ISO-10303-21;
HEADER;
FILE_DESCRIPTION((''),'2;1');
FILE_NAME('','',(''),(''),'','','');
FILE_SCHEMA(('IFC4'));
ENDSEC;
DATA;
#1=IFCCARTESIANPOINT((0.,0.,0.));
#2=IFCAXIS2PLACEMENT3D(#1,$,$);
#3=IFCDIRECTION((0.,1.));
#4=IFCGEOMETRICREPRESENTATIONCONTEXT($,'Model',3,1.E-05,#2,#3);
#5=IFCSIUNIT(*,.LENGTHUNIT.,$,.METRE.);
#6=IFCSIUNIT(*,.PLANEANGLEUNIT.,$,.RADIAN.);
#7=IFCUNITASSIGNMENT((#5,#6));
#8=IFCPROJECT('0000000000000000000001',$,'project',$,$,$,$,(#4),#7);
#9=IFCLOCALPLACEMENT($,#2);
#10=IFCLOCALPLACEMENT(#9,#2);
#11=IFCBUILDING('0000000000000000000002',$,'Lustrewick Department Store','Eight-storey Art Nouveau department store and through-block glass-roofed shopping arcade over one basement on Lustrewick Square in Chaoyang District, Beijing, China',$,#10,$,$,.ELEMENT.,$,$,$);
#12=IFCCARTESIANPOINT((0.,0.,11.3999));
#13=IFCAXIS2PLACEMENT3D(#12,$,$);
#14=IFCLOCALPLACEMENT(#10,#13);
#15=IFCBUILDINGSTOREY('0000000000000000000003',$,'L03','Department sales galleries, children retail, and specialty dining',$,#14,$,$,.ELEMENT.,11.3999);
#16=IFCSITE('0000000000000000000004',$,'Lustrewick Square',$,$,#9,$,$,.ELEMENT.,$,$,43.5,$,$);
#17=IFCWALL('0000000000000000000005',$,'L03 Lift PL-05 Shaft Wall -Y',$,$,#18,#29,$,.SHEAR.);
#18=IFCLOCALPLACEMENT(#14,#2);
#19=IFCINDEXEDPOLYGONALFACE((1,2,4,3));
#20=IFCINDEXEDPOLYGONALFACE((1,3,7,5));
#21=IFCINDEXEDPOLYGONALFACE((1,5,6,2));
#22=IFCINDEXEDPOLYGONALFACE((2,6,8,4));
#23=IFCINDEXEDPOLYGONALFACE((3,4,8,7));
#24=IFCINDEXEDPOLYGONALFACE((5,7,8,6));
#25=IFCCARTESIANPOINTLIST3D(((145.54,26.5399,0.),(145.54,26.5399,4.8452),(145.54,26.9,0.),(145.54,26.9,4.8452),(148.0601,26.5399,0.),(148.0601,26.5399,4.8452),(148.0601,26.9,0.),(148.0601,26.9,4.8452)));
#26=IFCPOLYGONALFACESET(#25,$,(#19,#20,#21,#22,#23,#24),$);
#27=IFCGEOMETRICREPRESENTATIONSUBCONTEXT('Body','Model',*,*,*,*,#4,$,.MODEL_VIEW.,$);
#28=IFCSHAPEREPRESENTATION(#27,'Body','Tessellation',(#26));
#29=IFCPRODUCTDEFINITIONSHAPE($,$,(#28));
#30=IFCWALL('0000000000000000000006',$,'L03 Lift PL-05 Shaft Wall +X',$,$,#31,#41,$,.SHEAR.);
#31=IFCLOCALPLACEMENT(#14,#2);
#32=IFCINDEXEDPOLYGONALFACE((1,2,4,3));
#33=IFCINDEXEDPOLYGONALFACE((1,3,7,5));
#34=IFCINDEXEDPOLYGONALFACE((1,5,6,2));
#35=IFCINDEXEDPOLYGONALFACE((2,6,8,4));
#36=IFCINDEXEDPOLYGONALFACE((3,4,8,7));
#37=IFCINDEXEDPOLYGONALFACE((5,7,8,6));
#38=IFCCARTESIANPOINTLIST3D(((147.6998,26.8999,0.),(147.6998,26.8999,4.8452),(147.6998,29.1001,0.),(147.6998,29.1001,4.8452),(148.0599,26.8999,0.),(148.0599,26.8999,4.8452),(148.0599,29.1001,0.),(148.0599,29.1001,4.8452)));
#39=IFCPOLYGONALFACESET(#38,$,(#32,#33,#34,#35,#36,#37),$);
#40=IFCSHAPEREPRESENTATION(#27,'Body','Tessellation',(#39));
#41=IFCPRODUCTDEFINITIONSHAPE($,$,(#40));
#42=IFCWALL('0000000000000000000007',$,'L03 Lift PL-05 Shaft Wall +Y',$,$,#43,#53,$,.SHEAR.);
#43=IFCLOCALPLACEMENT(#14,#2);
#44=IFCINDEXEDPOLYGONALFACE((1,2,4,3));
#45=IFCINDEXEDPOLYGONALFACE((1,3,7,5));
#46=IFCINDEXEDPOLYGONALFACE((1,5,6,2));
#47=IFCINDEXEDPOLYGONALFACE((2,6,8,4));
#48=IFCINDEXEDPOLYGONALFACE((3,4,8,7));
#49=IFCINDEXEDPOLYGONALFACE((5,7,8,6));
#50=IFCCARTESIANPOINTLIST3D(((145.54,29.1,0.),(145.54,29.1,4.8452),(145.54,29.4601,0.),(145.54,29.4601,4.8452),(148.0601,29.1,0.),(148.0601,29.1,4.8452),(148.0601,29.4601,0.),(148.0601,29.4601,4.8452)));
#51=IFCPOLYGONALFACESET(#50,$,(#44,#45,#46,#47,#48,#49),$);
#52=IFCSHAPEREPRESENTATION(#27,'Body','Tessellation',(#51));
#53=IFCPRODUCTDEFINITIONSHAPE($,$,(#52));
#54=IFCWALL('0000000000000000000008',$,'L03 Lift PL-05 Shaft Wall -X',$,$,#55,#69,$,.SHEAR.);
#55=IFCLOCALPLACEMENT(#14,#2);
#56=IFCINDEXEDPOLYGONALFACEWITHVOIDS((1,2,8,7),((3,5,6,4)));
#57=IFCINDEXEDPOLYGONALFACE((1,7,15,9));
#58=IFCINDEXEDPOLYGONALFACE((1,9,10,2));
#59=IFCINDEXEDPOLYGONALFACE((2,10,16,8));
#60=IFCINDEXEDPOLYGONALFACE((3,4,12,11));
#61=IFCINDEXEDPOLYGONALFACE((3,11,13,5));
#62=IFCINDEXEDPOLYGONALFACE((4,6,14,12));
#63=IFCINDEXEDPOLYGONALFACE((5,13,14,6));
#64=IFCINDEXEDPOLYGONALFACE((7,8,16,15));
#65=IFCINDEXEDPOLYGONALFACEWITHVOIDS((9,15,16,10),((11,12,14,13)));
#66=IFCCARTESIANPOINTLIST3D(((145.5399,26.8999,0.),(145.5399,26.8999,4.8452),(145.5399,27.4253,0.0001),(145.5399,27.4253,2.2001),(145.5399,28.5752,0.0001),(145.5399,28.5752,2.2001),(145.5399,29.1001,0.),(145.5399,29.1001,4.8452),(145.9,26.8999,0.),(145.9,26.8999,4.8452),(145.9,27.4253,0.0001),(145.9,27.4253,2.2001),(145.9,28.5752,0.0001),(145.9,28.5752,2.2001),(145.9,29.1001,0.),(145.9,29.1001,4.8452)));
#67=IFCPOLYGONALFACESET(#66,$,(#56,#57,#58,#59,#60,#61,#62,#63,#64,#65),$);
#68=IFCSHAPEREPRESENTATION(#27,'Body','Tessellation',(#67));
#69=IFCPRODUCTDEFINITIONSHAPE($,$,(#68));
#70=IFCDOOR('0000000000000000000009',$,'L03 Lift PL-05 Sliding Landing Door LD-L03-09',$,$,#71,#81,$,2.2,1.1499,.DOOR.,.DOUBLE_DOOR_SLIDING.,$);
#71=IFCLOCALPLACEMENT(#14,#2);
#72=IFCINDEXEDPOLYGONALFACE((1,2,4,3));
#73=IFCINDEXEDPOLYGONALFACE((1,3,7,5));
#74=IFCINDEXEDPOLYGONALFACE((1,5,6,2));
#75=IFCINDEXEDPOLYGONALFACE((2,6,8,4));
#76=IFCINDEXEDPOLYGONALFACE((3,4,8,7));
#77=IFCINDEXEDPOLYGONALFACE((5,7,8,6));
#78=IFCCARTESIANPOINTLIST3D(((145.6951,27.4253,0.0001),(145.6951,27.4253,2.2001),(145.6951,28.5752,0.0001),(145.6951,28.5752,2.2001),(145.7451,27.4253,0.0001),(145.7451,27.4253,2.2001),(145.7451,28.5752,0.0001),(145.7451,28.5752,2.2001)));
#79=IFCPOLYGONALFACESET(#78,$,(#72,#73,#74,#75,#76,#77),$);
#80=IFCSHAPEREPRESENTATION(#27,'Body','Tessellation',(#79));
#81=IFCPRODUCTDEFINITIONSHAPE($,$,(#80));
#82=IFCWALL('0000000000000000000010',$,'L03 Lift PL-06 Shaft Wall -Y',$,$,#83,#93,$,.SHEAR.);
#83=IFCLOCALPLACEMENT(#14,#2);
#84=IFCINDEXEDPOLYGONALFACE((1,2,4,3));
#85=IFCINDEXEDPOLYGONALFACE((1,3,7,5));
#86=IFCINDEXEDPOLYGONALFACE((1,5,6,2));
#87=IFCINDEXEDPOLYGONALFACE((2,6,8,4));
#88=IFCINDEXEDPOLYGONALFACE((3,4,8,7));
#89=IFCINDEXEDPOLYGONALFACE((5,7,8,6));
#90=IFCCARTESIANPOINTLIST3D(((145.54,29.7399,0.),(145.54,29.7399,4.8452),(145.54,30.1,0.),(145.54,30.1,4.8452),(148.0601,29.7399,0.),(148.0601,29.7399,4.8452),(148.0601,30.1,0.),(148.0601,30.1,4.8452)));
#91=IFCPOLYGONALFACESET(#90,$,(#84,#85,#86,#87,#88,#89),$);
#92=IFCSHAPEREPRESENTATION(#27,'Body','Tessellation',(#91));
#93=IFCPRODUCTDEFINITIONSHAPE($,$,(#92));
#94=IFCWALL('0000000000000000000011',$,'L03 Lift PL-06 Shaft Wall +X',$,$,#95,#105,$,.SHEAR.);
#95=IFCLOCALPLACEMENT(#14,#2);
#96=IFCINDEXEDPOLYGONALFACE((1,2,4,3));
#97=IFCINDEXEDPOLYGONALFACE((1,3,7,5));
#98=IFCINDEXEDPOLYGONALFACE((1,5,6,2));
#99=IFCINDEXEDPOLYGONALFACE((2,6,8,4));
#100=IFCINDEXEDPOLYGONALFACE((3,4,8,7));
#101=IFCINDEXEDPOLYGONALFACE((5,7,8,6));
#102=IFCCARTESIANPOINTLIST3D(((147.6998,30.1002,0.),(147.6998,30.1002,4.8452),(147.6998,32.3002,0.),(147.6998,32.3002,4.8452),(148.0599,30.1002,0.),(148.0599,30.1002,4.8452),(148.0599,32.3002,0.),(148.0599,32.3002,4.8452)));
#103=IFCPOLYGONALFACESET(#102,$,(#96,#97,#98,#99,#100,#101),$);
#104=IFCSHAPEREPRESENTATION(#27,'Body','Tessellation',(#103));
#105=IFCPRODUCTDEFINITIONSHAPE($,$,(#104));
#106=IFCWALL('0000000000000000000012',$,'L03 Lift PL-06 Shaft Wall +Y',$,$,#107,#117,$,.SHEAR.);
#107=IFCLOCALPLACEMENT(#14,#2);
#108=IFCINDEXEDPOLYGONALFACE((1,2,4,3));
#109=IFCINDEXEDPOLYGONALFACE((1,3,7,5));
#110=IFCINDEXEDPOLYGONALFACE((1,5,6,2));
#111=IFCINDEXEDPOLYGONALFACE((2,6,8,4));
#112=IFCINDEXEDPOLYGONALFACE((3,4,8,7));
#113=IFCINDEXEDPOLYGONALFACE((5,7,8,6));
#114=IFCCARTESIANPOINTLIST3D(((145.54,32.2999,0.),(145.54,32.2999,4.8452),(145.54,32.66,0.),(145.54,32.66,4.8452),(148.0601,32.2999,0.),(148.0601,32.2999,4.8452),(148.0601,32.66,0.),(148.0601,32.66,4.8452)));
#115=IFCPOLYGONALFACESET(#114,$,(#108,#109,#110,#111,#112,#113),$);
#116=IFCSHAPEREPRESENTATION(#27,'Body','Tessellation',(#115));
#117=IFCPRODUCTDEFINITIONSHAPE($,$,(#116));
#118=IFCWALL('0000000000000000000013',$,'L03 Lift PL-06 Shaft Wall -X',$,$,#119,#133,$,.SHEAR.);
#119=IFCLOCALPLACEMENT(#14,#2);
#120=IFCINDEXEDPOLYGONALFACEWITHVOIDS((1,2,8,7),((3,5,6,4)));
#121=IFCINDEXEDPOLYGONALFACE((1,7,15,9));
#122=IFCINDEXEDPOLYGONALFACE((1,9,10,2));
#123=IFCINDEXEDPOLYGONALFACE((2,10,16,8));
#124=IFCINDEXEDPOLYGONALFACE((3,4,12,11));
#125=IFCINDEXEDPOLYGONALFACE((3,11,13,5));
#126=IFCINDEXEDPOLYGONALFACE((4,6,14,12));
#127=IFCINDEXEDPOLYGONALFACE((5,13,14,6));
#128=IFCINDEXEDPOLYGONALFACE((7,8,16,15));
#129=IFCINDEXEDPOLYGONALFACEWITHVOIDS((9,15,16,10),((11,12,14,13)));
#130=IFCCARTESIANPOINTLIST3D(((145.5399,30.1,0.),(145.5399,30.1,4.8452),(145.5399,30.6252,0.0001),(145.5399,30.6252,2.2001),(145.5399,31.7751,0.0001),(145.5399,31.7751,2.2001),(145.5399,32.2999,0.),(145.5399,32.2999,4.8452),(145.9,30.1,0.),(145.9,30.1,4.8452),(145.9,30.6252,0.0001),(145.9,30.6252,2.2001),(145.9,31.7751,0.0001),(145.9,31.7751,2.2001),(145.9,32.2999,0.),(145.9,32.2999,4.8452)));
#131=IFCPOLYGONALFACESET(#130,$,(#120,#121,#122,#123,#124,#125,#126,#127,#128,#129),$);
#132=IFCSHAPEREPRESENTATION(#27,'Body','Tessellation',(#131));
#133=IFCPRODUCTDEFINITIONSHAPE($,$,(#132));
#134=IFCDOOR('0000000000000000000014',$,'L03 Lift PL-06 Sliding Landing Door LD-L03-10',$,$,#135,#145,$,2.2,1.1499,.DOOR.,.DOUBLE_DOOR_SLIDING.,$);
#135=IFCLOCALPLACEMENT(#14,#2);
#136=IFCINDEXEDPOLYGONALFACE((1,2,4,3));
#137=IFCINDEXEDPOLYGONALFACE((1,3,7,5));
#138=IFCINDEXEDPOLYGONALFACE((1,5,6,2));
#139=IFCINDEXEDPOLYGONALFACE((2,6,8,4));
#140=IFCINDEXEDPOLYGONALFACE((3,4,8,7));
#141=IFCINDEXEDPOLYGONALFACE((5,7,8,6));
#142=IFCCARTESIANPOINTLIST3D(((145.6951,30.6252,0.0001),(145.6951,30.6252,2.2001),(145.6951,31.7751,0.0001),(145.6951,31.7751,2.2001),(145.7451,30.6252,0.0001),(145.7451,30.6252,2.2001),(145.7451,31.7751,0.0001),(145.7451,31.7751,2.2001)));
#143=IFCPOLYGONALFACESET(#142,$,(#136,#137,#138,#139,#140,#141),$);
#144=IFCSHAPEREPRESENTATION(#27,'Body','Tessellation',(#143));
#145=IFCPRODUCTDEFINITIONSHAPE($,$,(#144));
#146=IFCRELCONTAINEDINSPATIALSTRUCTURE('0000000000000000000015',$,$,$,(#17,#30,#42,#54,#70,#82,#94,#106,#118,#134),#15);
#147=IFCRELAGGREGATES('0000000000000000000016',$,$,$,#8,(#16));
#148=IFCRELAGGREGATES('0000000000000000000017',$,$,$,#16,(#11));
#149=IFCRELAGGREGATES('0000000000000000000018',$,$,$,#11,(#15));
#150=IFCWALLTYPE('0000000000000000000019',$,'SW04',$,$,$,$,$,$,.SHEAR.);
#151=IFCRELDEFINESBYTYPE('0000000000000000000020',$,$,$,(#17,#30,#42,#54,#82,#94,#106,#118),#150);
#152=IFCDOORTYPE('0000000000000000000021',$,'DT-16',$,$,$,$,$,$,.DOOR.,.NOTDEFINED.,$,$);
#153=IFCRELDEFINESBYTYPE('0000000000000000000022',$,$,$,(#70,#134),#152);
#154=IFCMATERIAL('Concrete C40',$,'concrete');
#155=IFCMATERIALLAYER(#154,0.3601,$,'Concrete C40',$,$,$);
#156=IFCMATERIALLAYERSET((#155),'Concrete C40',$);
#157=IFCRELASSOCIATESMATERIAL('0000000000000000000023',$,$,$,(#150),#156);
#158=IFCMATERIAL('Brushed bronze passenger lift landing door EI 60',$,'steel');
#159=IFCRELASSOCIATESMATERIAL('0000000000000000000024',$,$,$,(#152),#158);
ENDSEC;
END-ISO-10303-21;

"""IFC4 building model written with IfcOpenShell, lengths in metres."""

from ifc_helpers import new_model, si_unit, direction, frame, frame_2d, origin, place, context, subcontext, project, spatial, rectangle, extrude, material, layer, layer_set, type_object, element, fill, save


model = new_model("IFC4")

# Units and contexts
model_context = context("Model", 3, precision=1e-05, world=origin(), true_north=direction((0.0, 1.0)))
body_context = subcontext(model_context, "Body", "Model", "MODEL_VIEW")
ifc_project = project(units=[si_unit("LENGTHUNIT", "METRE"), si_unit("PLANEANGLEUNIT", "RADIAN")], contexts=[model_context])

# Site, building, storey
site_placement = place(None, origin())
site = spatial("IfcSite", under=ifc_project, at=site_placement, Name="Lustrewick Square", CompositionType="ELEMENT", RefElevation=43.5)
building_placement = place(site_placement, origin())
building = spatial("IfcBuilding", under=site, at=building_placement, Name="Lustrewick Department Store", Description="Eight-storey Art Nouveau department store and through-block glass-roofed shopping arcade over one basement on Lustrewick Square in Chaoyang District, Beijing, China", CompositionType="ELEMENT")
storey_placement = place(building_placement, frame((0.0, 0.0, 11.3999)))
storey = spatial("IfcBuildingStorey", under=building, at=storey_placement, Name="L03", Description="Department sales galleries, children retail, and specialty dining", CompositionType="ELEMENT", Elevation=11.3999)

# Walls
ifc_material_1 = material(Name="Concrete C40", Category="concrete")
ifc_layer_1 = layer(ifc_material_1, 0.3601, Name="Concrete C40")
ifc_layer_set_1 = layer_set([ifc_layer_1], Name="Concrete C40")
wall_type = type_object("IfcWallType", Name="SW04", PredefinedType="SHEAR", material=ifc_layer_set_1)
wall_1_placement = place(storey_placement, frame((145.54, 26.72, 0.0), z_axis=(0.0, 0.0, 1.0), x_axis=(1.0, 0.0, 0.0)))
element("IfcWall", 1, at=wall_1_placement, inside=storey, type_object=wall_type, Name="L03 Lift PL-05 Shaft Wall -Y", PredefinedType="SHEAR", context=body_context, shape_type="SweptSolid", body=[
    extrude(rectangle(XDim=2.52, YDim=0.3601, at=frame_2d((1.26, 0.0))), origin(), (0.0, 0.0, 1.0), 4.8452),
])
wall_2_placement = place(storey_placement, frame((147.8799, 26.8999, 0.0), z_axis=(0.0, 0.0, 1.0), x_axis=(0.0, 1.0, 0.0)))
element("IfcWall", 2, at=wall_2_placement, inside=storey, type_object=wall_type, Name="L03 Lift PL-05 Shaft Wall +X", PredefinedType="SHEAR", context=body_context, shape_type="SweptSolid", body=[
    extrude(rectangle(XDim=2.2002, YDim=0.3601, at=frame_2d((1.1001, 0.0))), origin(), (0.0, 0.0, 1.0), 4.8452),
])
wall_3_placement = place(storey_placement, frame((148.0601, 29.28, 0.0), z_axis=(0.0, 0.0, 1.0), x_axis=(-1.0, 0.0, 0.0)))
element("IfcWall", 3, at=wall_3_placement, inside=storey, type_object=wall_type, Name="L03 Lift PL-05 Shaft Wall +Y", PredefinedType="SHEAR", context=body_context, shape_type="SweptSolid", body=[
    extrude(rectangle(XDim=2.52, YDim=0.3601, at=frame_2d((1.26, 0.0))), origin(), (0.0, 0.0, 1.0), 4.8452),
])

# Wall, opening, door
wall_4_placement = place(storey_placement, frame((145.72, 29.1001, 0.0), z_axis=(0.0, 0.0, 1.0), x_axis=(0.0, -1.0, 0.0)))
wall_4 = element("IfcWall", 4, at=wall_4_placement, inside=storey, type_object=wall_type, Name="L03 Lift PL-05 Shaft Wall -X", PredefinedType="SHEAR", context=body_context, shape_type="SweptSolid", body=[
    extrude(rectangle(XDim=2.2002, YDim=0.3601, at=frame_2d((1.1001, 0.0))), origin(), (0.0, 0.0, 1.0), 4.8452),
])
opening_1_placement = place(wall_4_placement, frame((0.5249, 0.0, 0.0)))
opening_1 = element("IfcOpeningElement", 5, at=opening_1_placement, cuts=wall_4, PredefinedType="OPENING", context=body_context, shape_type="SweptSolid", body=[
    extrude(rectangle(XDim=1.1499, YDim=2.2, at=frame_2d((0.575, 1.1001))), frame((0.0, 0.1899, 0.0), z_axis=(0.0, -1.0, 0.0), x_axis=(1.0, 0.0, 0.0)), (0.0, 0.0, 1.0), 0.3801),
])
ifc_material_2 = material(Name="Brushed bronze passenger lift landing door EI 60", Category="steel")
door_type = type_object("IfcDoorType", Name="DT-16", OperationType="NOTDEFINED", PredefinedType="DOOR", material=ifc_material_2)
door_1_placement = place(opening_1_placement, frame((1.1499, 0.0, 0.0), z_axis=(0.0, 0.0, 1.0), x_axis=(-1.0, 0.0, 0.0)))
door_1 = element("IfcDoor", 6, at=door_1_placement, inside=storey, type_object=door_type, Name="L03 Lift PL-05 Sliding Landing Door LD-L03-09", OperationType="DOUBLE_DOOR_SLIDING", OverallHeight=2.2, OverallWidth=1.1499, PredefinedType="DOOR", context=body_context, shape_type="SweptSolid", body=[
    extrude(rectangle(XDim=1.1499, YDim=2.2, at=frame_2d((0.575, 1.1001))), frame((0.0, 0.0249, 0.0), z_axis=(0.0, -1.0, 0.0), x_axis=(1.0, 0.0, 0.0)), (0.0, 0.0, 1.0), 0.05),
])
fill(opening_1, door_1)

# Walls
wall_5_placement = place(storey_placement, frame((145.54, 29.9199, 0.0), z_axis=(0.0, 0.0, 1.0), x_axis=(1.0, 0.0, 0.0)))
element("IfcWall", 7, at=wall_5_placement, inside=storey, type_object=wall_type, Name="L03 Lift PL-06 Shaft Wall -Y", PredefinedType="SHEAR", context=body_context, shape_type="SweptSolid", body=[
    extrude(rectangle(XDim=2.52, YDim=0.3601, at=frame_2d((1.26, 0.0))), origin(), (0.0, 0.0, 1.0), 4.8452),
])
wall_6_placement = place(storey_placement, frame((147.8799, 30.1001, 0.0), z_axis=(0.0, 0.0, 1.0), x_axis=(0.0, 1.0, 0.0)))
element("IfcWall", 8, at=wall_6_placement, inside=storey, type_object=wall_type, Name="L03 Lift PL-06 Shaft Wall +X", PredefinedType="SHEAR", context=body_context, shape_type="SweptSolid", body=[
    extrude(rectangle(XDim=2.2, YDim=0.3601, at=frame_2d((1.1001, 0.0))), origin(), (0.0, 0.0, 1.0), 4.8452),
])
wall_7_placement = place(storey_placement, frame((148.0601, 32.48, 0.0), z_axis=(0.0, 0.0, 1.0), x_axis=(-1.0, 0.0, 0.0)))
element("IfcWall", 9, at=wall_7_placement, inside=storey, type_object=wall_type, Name="L03 Lift PL-06 Shaft Wall +Y", PredefinedType="SHEAR", context=body_context, shape_type="SweptSolid", body=[
    extrude(rectangle(XDim=2.52, YDim=0.3601, at=frame_2d((1.26, 0.0))), origin(), (0.0, 0.0, 1.0), 4.8452),
])

# Wall, opening, door
wall_8_placement = place(storey_placement, frame((145.72, 32.3, 0.0), z_axis=(0.0, 0.0, 1.0), x_axis=(0.0, -1.0, 0.0)))
wall_8 = element("IfcWall", 10, at=wall_8_placement, inside=storey, type_object=wall_type, Name="L03 Lift PL-06 Shaft Wall -X", PredefinedType="SHEAR", context=body_context, shape_type="SweptSolid", body=[
    extrude(rectangle(XDim=2.2, YDim=0.3601, at=frame_2d((1.1001, 0.0))), origin(), (0.0, 0.0, 1.0), 4.8452),
])
opening_2_placement = place(wall_8_placement, frame((0.5249, 0.0, 0.0)))
opening_2 = element("IfcOpeningElement", 11, at=opening_2_placement, cuts=wall_8, PredefinedType="OPENING", context=body_context, shape_type="SweptSolid", body=[
    extrude(rectangle(XDim=1.1499, YDim=2.2, at=frame_2d((0.575, 1.1001))), frame((0.0, 0.1899, 0.0), z_axis=(0.0, -1.0, 0.0), x_axis=(1.0, 0.0, 0.0)), (0.0, 0.0, 1.0), 0.3801),
])
door_2_placement = place(opening_2_placement, frame((1.1499, 0.0, 0.0), z_axis=(0.0, 0.0, 1.0), x_axis=(-1.0, 0.0, 0.0)))
door_2 = element("IfcDoor", 12, at=door_2_placement, inside=storey, type_object=door_type, Name="L03 Lift PL-06 Sliding Landing Door LD-L03-10", OperationType="DOUBLE_DOOR_SLIDING", OverallHeight=2.2, OverallWidth=1.1499, PredefinedType="DOOR", context=body_context, shape_type="SweptSolid", body=[
    extrude(rectangle(XDim=1.1499, YDim=2.2, at=frame_2d((0.575, 1.1001))), frame((0.0, 0.0249, 0.0), z_axis=(0.0, -1.0, 0.0), x_axis=(1.0, 0.0, 0.0)), (0.0, 0.0, 1.0), 0.05),
])
fill(opening_2, door_2)

save(model, "model.ifc")
